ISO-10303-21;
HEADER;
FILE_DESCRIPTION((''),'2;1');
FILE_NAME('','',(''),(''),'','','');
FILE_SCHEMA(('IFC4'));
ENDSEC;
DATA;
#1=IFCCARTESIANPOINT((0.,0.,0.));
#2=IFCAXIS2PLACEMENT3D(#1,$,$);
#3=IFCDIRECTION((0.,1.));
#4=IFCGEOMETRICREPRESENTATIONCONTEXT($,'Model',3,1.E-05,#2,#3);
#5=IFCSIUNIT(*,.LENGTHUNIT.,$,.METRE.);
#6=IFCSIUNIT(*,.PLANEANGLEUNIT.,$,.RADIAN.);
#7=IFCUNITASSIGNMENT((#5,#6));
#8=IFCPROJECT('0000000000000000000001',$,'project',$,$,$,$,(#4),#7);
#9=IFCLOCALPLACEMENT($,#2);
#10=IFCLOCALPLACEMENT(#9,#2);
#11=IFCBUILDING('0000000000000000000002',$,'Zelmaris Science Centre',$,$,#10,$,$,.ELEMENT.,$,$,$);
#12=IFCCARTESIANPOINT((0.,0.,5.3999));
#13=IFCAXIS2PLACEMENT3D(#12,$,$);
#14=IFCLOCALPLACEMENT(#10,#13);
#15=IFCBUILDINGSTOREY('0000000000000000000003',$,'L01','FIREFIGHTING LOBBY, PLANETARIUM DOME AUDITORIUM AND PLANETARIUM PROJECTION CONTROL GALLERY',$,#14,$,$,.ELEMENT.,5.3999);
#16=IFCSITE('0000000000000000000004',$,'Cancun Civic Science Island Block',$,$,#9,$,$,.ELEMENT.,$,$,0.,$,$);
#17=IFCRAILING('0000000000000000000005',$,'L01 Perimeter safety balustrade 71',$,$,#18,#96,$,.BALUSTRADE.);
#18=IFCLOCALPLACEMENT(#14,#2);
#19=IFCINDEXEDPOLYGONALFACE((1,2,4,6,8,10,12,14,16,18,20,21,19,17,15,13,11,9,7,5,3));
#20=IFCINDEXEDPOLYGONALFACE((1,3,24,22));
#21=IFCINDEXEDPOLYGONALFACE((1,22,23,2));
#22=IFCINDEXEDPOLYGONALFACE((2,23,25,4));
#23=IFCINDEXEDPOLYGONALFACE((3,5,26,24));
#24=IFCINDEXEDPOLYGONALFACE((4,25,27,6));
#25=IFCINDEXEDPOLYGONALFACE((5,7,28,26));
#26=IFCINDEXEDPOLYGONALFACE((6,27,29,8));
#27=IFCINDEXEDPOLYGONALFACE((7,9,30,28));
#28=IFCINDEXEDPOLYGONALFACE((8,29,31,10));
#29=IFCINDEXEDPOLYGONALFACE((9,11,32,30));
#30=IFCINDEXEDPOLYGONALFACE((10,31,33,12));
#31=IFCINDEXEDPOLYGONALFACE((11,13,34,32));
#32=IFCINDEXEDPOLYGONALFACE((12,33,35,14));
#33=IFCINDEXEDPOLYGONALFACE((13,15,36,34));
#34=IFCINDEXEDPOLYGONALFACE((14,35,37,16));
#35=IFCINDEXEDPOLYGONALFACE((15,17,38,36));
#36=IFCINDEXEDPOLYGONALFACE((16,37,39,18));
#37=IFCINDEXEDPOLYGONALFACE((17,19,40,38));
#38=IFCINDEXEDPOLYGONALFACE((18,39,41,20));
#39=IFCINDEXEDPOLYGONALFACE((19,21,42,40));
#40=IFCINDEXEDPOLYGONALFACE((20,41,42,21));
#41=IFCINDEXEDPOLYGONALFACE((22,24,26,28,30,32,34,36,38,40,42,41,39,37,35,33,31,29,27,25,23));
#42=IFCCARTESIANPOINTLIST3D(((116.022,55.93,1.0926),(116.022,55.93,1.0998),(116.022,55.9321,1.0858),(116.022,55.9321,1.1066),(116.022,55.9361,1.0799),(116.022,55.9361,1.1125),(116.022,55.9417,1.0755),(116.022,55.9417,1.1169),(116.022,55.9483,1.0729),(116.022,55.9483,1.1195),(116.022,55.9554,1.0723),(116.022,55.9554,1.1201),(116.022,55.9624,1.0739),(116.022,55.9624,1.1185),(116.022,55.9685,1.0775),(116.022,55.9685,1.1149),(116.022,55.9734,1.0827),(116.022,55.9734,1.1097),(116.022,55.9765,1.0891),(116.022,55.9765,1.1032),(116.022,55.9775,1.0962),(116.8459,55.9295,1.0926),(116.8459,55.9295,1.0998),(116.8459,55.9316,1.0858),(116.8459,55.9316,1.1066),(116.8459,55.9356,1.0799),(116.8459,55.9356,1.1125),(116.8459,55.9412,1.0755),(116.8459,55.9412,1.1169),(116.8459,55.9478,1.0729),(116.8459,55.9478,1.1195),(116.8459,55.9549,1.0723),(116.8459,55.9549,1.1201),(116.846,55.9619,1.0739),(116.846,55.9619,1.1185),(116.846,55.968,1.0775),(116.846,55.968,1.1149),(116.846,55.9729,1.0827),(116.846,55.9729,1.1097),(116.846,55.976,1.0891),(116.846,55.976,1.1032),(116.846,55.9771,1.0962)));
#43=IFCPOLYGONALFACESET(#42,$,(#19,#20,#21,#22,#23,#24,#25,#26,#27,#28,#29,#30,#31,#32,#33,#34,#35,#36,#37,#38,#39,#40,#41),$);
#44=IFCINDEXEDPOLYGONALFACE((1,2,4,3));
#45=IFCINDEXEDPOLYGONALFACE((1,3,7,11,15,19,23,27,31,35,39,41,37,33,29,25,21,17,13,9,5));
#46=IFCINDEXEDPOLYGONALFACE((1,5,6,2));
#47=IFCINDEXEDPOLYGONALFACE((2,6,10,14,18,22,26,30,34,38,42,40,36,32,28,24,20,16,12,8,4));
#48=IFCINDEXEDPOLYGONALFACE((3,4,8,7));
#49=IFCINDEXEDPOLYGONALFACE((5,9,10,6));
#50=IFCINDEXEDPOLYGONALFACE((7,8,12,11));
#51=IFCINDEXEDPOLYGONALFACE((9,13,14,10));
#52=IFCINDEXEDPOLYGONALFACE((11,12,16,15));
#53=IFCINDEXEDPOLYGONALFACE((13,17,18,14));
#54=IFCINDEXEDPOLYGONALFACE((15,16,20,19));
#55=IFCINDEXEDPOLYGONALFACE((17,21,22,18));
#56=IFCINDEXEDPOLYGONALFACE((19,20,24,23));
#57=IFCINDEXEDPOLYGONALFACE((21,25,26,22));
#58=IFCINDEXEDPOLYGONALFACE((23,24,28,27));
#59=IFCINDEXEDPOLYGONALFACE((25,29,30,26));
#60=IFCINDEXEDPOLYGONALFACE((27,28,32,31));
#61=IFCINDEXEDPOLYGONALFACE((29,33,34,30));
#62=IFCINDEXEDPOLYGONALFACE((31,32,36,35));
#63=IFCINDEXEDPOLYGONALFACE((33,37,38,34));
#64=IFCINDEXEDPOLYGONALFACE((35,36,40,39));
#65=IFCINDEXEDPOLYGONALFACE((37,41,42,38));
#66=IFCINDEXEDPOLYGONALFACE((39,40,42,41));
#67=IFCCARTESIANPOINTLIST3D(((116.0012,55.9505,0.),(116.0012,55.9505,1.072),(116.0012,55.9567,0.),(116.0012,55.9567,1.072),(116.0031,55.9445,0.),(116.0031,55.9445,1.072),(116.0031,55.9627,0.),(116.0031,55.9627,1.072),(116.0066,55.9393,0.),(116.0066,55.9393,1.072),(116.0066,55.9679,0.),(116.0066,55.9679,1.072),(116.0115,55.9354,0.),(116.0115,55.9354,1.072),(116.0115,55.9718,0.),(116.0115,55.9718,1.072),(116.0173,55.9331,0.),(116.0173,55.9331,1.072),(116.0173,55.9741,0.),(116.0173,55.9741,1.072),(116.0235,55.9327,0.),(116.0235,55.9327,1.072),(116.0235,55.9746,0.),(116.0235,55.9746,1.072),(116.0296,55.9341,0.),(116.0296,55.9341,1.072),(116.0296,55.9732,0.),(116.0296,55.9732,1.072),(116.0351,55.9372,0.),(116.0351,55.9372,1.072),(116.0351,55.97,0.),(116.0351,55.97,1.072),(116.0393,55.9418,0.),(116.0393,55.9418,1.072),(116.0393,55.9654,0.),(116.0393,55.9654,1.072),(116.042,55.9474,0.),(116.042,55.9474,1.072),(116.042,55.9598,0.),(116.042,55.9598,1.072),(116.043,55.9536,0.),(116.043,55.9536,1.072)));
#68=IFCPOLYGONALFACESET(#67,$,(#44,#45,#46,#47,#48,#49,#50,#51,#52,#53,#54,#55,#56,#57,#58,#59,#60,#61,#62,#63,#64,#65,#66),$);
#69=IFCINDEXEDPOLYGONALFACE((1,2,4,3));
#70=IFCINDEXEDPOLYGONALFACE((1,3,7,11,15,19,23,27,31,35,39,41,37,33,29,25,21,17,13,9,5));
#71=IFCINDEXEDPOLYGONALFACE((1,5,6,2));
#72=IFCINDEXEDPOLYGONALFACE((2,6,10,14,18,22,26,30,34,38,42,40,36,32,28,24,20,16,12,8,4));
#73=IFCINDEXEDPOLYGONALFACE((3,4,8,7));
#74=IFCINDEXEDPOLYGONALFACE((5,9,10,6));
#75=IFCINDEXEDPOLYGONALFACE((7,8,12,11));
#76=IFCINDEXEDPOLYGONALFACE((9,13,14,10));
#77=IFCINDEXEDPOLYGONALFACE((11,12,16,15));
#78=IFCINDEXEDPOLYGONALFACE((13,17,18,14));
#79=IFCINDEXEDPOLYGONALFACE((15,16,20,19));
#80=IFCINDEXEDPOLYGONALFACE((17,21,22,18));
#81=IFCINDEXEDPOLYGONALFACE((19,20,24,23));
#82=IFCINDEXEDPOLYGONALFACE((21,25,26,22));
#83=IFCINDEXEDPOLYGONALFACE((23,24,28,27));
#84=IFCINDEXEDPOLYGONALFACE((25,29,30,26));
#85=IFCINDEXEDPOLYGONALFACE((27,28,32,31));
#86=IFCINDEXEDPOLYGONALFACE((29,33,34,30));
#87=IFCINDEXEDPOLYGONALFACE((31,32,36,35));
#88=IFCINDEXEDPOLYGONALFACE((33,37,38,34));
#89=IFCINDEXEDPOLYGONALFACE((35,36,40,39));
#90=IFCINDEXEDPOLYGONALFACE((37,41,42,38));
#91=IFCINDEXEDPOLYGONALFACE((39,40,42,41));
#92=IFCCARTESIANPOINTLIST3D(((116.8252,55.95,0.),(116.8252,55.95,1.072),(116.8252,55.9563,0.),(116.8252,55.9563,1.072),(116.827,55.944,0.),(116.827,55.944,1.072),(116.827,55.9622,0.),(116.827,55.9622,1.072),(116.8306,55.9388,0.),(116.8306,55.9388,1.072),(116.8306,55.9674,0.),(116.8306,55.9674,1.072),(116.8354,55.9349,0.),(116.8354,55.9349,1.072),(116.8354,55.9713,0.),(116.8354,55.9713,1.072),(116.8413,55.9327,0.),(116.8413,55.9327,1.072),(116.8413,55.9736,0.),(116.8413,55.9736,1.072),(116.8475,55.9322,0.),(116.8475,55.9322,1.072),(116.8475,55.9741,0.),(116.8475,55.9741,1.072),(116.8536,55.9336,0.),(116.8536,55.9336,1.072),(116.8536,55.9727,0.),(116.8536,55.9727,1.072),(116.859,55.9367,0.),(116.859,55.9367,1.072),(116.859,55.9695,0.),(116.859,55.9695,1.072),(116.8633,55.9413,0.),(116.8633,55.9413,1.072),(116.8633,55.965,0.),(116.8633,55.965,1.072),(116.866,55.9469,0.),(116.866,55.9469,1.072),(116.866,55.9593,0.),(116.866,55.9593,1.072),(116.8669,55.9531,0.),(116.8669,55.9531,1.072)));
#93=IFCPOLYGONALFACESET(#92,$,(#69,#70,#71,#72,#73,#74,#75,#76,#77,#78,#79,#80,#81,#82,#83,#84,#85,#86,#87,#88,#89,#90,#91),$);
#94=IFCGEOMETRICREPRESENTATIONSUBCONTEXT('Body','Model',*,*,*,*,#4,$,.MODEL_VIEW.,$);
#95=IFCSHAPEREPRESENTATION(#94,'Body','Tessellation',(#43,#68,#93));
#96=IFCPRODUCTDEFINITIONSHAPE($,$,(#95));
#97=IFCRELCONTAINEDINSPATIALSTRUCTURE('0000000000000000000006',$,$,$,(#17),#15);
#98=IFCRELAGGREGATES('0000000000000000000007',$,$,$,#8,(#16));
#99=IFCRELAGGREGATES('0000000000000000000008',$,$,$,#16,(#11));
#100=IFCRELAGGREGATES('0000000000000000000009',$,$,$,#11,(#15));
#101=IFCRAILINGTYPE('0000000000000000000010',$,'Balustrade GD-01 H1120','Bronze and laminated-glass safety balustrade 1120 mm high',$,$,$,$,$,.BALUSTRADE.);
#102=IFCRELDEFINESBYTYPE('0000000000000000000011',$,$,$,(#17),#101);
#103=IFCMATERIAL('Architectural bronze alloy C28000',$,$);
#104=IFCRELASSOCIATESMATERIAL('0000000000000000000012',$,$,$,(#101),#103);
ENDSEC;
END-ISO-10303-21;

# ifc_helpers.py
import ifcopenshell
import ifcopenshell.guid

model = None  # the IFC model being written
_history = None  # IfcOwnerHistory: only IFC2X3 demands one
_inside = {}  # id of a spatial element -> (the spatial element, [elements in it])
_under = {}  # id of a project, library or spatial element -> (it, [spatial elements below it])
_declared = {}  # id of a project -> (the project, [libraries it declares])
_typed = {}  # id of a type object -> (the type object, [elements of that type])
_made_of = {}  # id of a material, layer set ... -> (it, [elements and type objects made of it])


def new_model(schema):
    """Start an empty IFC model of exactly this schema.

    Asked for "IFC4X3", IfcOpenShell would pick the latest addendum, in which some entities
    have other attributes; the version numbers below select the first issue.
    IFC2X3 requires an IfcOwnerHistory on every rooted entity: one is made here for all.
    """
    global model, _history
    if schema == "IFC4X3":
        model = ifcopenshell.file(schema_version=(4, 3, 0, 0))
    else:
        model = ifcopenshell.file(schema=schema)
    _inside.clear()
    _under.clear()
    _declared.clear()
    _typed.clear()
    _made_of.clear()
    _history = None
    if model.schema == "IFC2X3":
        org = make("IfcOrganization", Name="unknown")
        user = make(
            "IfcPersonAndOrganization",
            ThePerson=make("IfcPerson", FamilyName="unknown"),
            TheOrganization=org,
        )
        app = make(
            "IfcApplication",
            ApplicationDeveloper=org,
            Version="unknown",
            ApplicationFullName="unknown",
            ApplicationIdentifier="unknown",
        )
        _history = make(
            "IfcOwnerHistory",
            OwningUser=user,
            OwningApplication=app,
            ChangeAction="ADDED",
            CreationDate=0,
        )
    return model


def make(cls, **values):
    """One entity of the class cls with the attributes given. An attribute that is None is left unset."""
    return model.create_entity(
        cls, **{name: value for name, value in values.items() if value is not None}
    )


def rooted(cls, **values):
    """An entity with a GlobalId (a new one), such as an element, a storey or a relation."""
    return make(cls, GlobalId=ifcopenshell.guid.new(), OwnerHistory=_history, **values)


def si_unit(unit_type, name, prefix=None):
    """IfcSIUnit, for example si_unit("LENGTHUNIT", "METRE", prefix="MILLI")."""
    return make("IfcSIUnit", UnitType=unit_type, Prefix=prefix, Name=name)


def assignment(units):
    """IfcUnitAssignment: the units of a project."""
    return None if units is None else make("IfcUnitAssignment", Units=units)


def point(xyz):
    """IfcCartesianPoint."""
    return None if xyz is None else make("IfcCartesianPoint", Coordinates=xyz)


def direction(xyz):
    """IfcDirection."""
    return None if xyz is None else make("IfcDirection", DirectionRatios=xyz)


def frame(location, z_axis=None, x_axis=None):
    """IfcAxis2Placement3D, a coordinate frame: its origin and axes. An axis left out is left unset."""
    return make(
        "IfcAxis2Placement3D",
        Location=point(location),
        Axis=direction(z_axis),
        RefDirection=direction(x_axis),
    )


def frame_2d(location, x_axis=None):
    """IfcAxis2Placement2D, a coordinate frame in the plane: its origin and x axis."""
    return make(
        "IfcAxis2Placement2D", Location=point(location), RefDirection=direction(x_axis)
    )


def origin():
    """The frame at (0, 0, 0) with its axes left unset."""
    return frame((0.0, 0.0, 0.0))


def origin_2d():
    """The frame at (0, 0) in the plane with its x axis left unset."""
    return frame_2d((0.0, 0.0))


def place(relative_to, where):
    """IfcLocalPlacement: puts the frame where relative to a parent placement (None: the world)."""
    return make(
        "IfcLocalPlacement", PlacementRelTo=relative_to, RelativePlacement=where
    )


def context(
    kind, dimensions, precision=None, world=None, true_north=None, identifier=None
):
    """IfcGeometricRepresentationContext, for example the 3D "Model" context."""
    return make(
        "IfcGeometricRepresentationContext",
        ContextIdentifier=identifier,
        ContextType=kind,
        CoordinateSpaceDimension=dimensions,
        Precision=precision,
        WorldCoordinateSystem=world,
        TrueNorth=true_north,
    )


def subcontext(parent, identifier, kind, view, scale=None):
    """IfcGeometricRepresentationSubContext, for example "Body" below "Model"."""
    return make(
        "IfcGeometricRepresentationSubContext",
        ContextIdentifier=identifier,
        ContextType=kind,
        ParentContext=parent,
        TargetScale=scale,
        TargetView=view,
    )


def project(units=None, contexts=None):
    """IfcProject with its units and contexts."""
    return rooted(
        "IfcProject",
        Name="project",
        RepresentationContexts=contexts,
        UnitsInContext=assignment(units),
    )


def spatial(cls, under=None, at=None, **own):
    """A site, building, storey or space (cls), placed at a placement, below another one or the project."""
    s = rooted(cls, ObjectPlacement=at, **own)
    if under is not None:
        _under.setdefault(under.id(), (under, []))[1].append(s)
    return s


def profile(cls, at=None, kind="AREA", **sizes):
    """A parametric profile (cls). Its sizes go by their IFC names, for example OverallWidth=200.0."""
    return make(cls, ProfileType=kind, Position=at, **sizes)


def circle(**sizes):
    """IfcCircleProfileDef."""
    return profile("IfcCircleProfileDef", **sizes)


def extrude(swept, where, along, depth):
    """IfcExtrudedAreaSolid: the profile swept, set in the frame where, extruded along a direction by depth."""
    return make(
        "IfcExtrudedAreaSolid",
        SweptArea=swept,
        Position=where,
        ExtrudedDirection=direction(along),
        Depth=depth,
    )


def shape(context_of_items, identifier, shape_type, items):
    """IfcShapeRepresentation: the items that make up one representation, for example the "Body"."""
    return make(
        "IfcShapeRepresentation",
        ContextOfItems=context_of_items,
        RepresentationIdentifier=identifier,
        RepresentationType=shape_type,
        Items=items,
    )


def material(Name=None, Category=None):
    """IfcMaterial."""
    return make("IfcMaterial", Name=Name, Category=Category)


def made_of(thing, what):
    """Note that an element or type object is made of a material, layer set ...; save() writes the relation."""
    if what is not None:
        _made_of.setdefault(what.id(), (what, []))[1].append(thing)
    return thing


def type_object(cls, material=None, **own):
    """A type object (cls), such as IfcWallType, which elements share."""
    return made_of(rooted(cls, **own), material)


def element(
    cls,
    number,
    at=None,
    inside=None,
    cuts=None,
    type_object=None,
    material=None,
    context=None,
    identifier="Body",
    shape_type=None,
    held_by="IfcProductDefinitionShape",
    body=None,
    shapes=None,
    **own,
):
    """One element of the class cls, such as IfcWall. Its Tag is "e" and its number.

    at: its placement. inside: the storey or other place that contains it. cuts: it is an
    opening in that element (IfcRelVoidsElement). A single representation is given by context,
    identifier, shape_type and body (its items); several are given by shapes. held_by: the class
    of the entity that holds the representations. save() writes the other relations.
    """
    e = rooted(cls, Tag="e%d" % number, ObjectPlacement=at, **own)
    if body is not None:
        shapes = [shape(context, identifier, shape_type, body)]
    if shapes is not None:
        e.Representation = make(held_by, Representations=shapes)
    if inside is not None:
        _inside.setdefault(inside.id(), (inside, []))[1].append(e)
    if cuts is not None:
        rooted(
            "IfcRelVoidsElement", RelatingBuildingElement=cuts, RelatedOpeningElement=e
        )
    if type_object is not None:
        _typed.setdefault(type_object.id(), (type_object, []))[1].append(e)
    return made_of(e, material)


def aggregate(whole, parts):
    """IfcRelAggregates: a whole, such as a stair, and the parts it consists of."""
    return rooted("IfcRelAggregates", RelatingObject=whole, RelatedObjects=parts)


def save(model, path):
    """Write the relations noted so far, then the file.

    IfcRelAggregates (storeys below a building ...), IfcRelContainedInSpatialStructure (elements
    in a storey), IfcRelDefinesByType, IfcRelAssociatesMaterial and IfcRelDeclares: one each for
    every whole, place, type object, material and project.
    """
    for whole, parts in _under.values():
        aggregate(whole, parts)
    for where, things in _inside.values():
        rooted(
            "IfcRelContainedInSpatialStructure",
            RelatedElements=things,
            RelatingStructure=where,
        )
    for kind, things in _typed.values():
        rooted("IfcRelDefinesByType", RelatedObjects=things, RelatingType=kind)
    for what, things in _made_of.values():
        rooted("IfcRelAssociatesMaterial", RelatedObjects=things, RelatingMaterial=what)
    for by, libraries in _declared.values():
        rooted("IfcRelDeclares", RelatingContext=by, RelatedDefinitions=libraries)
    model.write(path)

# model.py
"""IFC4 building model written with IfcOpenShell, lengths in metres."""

from ifc_helpers import new_model, si_unit, direction, frame, origin, origin_2d, place, context, subcontext, project, spatial, circle, extrude, material, type_object, element, save


model = new_model("IFC4")

# Units and contexts
model_context = context("Model", 3, precision=1e-05, world=origin(), true_north=direction((0.0, 1.0)))
body_context = subcontext(model_context, "Body", "Model", "MODEL_VIEW")
ifc_project = project(units=[si_unit("LENGTHUNIT", "METRE"), si_unit("PLANEANGLEUNIT", "RADIAN")], contexts=[model_context])

# Site, building, storey
site_placement = place(None, origin())
site = spatial("IfcSite", under=ifc_project, at=site_placement, Name="Cancun Civic Science Island Block", CompositionType="ELEMENT", RefElevation=0.0)
building_placement = place(site_placement, origin())
building = spatial("IfcBuilding", under=site, at=building_placement, Name="Zelmaris Science Centre", CompositionType="ELEMENT")
storey_placement = place(building_placement, frame((0.0, 0.0, 5.3999)))
storey = spatial("IfcBuildingStorey", under=building, at=storey_placement, Name="L01", Description="FIREFIGHTING LOBBY, PLANETARIUM DOME AUDITORIUM AND PLANETARIUM PROJECTION CONTROL GALLERY", CompositionType="ELEMENT", Elevation=5.3999)

# Railing
ifc_material_1 = material(Name="Architectural bronze alloy C28000")
railing_type = type_object("IfcRailingType", Name="Balustrade GD-01 H1120", Description="Bronze and laminated-glass safety balustrade 1120 mm high", PredefinedType="BALUSTRADE", material=ifc_material_1)
railing_1_placement = place(storey_placement, frame((116.022, 55.9536, 0.0)))
element("IfcRailing", 1, at=railing_1_placement, inside=storey, type_object=railing_type, Name="L01 Perimeter safety balustrade 71", PredefinedType="BALUSTRADE", context=body_context, shape_type="SweptSolid", body=[
    extrude(circle(Radius=0.0239, at=origin_2d()), frame((0.0, 0.0, 1.0962), z_axis=(1.0, -0.000593, 0.0), x_axis=(0.000593, 1.0, 0.0)), (0.0, 0.0, 1.0), 0.824),
    extrude(circle(Radius=0.021, at=origin_2d()), origin(), (0.0, 0.0, 1.0), 1.072),
    extrude(circle(Radius=0.021, at=origin_2d()), frame((0.824, -0.0005, 0.0)), (0.0, 0.0, 1.0), 1.072),
])

save(model, "model.ifc")
